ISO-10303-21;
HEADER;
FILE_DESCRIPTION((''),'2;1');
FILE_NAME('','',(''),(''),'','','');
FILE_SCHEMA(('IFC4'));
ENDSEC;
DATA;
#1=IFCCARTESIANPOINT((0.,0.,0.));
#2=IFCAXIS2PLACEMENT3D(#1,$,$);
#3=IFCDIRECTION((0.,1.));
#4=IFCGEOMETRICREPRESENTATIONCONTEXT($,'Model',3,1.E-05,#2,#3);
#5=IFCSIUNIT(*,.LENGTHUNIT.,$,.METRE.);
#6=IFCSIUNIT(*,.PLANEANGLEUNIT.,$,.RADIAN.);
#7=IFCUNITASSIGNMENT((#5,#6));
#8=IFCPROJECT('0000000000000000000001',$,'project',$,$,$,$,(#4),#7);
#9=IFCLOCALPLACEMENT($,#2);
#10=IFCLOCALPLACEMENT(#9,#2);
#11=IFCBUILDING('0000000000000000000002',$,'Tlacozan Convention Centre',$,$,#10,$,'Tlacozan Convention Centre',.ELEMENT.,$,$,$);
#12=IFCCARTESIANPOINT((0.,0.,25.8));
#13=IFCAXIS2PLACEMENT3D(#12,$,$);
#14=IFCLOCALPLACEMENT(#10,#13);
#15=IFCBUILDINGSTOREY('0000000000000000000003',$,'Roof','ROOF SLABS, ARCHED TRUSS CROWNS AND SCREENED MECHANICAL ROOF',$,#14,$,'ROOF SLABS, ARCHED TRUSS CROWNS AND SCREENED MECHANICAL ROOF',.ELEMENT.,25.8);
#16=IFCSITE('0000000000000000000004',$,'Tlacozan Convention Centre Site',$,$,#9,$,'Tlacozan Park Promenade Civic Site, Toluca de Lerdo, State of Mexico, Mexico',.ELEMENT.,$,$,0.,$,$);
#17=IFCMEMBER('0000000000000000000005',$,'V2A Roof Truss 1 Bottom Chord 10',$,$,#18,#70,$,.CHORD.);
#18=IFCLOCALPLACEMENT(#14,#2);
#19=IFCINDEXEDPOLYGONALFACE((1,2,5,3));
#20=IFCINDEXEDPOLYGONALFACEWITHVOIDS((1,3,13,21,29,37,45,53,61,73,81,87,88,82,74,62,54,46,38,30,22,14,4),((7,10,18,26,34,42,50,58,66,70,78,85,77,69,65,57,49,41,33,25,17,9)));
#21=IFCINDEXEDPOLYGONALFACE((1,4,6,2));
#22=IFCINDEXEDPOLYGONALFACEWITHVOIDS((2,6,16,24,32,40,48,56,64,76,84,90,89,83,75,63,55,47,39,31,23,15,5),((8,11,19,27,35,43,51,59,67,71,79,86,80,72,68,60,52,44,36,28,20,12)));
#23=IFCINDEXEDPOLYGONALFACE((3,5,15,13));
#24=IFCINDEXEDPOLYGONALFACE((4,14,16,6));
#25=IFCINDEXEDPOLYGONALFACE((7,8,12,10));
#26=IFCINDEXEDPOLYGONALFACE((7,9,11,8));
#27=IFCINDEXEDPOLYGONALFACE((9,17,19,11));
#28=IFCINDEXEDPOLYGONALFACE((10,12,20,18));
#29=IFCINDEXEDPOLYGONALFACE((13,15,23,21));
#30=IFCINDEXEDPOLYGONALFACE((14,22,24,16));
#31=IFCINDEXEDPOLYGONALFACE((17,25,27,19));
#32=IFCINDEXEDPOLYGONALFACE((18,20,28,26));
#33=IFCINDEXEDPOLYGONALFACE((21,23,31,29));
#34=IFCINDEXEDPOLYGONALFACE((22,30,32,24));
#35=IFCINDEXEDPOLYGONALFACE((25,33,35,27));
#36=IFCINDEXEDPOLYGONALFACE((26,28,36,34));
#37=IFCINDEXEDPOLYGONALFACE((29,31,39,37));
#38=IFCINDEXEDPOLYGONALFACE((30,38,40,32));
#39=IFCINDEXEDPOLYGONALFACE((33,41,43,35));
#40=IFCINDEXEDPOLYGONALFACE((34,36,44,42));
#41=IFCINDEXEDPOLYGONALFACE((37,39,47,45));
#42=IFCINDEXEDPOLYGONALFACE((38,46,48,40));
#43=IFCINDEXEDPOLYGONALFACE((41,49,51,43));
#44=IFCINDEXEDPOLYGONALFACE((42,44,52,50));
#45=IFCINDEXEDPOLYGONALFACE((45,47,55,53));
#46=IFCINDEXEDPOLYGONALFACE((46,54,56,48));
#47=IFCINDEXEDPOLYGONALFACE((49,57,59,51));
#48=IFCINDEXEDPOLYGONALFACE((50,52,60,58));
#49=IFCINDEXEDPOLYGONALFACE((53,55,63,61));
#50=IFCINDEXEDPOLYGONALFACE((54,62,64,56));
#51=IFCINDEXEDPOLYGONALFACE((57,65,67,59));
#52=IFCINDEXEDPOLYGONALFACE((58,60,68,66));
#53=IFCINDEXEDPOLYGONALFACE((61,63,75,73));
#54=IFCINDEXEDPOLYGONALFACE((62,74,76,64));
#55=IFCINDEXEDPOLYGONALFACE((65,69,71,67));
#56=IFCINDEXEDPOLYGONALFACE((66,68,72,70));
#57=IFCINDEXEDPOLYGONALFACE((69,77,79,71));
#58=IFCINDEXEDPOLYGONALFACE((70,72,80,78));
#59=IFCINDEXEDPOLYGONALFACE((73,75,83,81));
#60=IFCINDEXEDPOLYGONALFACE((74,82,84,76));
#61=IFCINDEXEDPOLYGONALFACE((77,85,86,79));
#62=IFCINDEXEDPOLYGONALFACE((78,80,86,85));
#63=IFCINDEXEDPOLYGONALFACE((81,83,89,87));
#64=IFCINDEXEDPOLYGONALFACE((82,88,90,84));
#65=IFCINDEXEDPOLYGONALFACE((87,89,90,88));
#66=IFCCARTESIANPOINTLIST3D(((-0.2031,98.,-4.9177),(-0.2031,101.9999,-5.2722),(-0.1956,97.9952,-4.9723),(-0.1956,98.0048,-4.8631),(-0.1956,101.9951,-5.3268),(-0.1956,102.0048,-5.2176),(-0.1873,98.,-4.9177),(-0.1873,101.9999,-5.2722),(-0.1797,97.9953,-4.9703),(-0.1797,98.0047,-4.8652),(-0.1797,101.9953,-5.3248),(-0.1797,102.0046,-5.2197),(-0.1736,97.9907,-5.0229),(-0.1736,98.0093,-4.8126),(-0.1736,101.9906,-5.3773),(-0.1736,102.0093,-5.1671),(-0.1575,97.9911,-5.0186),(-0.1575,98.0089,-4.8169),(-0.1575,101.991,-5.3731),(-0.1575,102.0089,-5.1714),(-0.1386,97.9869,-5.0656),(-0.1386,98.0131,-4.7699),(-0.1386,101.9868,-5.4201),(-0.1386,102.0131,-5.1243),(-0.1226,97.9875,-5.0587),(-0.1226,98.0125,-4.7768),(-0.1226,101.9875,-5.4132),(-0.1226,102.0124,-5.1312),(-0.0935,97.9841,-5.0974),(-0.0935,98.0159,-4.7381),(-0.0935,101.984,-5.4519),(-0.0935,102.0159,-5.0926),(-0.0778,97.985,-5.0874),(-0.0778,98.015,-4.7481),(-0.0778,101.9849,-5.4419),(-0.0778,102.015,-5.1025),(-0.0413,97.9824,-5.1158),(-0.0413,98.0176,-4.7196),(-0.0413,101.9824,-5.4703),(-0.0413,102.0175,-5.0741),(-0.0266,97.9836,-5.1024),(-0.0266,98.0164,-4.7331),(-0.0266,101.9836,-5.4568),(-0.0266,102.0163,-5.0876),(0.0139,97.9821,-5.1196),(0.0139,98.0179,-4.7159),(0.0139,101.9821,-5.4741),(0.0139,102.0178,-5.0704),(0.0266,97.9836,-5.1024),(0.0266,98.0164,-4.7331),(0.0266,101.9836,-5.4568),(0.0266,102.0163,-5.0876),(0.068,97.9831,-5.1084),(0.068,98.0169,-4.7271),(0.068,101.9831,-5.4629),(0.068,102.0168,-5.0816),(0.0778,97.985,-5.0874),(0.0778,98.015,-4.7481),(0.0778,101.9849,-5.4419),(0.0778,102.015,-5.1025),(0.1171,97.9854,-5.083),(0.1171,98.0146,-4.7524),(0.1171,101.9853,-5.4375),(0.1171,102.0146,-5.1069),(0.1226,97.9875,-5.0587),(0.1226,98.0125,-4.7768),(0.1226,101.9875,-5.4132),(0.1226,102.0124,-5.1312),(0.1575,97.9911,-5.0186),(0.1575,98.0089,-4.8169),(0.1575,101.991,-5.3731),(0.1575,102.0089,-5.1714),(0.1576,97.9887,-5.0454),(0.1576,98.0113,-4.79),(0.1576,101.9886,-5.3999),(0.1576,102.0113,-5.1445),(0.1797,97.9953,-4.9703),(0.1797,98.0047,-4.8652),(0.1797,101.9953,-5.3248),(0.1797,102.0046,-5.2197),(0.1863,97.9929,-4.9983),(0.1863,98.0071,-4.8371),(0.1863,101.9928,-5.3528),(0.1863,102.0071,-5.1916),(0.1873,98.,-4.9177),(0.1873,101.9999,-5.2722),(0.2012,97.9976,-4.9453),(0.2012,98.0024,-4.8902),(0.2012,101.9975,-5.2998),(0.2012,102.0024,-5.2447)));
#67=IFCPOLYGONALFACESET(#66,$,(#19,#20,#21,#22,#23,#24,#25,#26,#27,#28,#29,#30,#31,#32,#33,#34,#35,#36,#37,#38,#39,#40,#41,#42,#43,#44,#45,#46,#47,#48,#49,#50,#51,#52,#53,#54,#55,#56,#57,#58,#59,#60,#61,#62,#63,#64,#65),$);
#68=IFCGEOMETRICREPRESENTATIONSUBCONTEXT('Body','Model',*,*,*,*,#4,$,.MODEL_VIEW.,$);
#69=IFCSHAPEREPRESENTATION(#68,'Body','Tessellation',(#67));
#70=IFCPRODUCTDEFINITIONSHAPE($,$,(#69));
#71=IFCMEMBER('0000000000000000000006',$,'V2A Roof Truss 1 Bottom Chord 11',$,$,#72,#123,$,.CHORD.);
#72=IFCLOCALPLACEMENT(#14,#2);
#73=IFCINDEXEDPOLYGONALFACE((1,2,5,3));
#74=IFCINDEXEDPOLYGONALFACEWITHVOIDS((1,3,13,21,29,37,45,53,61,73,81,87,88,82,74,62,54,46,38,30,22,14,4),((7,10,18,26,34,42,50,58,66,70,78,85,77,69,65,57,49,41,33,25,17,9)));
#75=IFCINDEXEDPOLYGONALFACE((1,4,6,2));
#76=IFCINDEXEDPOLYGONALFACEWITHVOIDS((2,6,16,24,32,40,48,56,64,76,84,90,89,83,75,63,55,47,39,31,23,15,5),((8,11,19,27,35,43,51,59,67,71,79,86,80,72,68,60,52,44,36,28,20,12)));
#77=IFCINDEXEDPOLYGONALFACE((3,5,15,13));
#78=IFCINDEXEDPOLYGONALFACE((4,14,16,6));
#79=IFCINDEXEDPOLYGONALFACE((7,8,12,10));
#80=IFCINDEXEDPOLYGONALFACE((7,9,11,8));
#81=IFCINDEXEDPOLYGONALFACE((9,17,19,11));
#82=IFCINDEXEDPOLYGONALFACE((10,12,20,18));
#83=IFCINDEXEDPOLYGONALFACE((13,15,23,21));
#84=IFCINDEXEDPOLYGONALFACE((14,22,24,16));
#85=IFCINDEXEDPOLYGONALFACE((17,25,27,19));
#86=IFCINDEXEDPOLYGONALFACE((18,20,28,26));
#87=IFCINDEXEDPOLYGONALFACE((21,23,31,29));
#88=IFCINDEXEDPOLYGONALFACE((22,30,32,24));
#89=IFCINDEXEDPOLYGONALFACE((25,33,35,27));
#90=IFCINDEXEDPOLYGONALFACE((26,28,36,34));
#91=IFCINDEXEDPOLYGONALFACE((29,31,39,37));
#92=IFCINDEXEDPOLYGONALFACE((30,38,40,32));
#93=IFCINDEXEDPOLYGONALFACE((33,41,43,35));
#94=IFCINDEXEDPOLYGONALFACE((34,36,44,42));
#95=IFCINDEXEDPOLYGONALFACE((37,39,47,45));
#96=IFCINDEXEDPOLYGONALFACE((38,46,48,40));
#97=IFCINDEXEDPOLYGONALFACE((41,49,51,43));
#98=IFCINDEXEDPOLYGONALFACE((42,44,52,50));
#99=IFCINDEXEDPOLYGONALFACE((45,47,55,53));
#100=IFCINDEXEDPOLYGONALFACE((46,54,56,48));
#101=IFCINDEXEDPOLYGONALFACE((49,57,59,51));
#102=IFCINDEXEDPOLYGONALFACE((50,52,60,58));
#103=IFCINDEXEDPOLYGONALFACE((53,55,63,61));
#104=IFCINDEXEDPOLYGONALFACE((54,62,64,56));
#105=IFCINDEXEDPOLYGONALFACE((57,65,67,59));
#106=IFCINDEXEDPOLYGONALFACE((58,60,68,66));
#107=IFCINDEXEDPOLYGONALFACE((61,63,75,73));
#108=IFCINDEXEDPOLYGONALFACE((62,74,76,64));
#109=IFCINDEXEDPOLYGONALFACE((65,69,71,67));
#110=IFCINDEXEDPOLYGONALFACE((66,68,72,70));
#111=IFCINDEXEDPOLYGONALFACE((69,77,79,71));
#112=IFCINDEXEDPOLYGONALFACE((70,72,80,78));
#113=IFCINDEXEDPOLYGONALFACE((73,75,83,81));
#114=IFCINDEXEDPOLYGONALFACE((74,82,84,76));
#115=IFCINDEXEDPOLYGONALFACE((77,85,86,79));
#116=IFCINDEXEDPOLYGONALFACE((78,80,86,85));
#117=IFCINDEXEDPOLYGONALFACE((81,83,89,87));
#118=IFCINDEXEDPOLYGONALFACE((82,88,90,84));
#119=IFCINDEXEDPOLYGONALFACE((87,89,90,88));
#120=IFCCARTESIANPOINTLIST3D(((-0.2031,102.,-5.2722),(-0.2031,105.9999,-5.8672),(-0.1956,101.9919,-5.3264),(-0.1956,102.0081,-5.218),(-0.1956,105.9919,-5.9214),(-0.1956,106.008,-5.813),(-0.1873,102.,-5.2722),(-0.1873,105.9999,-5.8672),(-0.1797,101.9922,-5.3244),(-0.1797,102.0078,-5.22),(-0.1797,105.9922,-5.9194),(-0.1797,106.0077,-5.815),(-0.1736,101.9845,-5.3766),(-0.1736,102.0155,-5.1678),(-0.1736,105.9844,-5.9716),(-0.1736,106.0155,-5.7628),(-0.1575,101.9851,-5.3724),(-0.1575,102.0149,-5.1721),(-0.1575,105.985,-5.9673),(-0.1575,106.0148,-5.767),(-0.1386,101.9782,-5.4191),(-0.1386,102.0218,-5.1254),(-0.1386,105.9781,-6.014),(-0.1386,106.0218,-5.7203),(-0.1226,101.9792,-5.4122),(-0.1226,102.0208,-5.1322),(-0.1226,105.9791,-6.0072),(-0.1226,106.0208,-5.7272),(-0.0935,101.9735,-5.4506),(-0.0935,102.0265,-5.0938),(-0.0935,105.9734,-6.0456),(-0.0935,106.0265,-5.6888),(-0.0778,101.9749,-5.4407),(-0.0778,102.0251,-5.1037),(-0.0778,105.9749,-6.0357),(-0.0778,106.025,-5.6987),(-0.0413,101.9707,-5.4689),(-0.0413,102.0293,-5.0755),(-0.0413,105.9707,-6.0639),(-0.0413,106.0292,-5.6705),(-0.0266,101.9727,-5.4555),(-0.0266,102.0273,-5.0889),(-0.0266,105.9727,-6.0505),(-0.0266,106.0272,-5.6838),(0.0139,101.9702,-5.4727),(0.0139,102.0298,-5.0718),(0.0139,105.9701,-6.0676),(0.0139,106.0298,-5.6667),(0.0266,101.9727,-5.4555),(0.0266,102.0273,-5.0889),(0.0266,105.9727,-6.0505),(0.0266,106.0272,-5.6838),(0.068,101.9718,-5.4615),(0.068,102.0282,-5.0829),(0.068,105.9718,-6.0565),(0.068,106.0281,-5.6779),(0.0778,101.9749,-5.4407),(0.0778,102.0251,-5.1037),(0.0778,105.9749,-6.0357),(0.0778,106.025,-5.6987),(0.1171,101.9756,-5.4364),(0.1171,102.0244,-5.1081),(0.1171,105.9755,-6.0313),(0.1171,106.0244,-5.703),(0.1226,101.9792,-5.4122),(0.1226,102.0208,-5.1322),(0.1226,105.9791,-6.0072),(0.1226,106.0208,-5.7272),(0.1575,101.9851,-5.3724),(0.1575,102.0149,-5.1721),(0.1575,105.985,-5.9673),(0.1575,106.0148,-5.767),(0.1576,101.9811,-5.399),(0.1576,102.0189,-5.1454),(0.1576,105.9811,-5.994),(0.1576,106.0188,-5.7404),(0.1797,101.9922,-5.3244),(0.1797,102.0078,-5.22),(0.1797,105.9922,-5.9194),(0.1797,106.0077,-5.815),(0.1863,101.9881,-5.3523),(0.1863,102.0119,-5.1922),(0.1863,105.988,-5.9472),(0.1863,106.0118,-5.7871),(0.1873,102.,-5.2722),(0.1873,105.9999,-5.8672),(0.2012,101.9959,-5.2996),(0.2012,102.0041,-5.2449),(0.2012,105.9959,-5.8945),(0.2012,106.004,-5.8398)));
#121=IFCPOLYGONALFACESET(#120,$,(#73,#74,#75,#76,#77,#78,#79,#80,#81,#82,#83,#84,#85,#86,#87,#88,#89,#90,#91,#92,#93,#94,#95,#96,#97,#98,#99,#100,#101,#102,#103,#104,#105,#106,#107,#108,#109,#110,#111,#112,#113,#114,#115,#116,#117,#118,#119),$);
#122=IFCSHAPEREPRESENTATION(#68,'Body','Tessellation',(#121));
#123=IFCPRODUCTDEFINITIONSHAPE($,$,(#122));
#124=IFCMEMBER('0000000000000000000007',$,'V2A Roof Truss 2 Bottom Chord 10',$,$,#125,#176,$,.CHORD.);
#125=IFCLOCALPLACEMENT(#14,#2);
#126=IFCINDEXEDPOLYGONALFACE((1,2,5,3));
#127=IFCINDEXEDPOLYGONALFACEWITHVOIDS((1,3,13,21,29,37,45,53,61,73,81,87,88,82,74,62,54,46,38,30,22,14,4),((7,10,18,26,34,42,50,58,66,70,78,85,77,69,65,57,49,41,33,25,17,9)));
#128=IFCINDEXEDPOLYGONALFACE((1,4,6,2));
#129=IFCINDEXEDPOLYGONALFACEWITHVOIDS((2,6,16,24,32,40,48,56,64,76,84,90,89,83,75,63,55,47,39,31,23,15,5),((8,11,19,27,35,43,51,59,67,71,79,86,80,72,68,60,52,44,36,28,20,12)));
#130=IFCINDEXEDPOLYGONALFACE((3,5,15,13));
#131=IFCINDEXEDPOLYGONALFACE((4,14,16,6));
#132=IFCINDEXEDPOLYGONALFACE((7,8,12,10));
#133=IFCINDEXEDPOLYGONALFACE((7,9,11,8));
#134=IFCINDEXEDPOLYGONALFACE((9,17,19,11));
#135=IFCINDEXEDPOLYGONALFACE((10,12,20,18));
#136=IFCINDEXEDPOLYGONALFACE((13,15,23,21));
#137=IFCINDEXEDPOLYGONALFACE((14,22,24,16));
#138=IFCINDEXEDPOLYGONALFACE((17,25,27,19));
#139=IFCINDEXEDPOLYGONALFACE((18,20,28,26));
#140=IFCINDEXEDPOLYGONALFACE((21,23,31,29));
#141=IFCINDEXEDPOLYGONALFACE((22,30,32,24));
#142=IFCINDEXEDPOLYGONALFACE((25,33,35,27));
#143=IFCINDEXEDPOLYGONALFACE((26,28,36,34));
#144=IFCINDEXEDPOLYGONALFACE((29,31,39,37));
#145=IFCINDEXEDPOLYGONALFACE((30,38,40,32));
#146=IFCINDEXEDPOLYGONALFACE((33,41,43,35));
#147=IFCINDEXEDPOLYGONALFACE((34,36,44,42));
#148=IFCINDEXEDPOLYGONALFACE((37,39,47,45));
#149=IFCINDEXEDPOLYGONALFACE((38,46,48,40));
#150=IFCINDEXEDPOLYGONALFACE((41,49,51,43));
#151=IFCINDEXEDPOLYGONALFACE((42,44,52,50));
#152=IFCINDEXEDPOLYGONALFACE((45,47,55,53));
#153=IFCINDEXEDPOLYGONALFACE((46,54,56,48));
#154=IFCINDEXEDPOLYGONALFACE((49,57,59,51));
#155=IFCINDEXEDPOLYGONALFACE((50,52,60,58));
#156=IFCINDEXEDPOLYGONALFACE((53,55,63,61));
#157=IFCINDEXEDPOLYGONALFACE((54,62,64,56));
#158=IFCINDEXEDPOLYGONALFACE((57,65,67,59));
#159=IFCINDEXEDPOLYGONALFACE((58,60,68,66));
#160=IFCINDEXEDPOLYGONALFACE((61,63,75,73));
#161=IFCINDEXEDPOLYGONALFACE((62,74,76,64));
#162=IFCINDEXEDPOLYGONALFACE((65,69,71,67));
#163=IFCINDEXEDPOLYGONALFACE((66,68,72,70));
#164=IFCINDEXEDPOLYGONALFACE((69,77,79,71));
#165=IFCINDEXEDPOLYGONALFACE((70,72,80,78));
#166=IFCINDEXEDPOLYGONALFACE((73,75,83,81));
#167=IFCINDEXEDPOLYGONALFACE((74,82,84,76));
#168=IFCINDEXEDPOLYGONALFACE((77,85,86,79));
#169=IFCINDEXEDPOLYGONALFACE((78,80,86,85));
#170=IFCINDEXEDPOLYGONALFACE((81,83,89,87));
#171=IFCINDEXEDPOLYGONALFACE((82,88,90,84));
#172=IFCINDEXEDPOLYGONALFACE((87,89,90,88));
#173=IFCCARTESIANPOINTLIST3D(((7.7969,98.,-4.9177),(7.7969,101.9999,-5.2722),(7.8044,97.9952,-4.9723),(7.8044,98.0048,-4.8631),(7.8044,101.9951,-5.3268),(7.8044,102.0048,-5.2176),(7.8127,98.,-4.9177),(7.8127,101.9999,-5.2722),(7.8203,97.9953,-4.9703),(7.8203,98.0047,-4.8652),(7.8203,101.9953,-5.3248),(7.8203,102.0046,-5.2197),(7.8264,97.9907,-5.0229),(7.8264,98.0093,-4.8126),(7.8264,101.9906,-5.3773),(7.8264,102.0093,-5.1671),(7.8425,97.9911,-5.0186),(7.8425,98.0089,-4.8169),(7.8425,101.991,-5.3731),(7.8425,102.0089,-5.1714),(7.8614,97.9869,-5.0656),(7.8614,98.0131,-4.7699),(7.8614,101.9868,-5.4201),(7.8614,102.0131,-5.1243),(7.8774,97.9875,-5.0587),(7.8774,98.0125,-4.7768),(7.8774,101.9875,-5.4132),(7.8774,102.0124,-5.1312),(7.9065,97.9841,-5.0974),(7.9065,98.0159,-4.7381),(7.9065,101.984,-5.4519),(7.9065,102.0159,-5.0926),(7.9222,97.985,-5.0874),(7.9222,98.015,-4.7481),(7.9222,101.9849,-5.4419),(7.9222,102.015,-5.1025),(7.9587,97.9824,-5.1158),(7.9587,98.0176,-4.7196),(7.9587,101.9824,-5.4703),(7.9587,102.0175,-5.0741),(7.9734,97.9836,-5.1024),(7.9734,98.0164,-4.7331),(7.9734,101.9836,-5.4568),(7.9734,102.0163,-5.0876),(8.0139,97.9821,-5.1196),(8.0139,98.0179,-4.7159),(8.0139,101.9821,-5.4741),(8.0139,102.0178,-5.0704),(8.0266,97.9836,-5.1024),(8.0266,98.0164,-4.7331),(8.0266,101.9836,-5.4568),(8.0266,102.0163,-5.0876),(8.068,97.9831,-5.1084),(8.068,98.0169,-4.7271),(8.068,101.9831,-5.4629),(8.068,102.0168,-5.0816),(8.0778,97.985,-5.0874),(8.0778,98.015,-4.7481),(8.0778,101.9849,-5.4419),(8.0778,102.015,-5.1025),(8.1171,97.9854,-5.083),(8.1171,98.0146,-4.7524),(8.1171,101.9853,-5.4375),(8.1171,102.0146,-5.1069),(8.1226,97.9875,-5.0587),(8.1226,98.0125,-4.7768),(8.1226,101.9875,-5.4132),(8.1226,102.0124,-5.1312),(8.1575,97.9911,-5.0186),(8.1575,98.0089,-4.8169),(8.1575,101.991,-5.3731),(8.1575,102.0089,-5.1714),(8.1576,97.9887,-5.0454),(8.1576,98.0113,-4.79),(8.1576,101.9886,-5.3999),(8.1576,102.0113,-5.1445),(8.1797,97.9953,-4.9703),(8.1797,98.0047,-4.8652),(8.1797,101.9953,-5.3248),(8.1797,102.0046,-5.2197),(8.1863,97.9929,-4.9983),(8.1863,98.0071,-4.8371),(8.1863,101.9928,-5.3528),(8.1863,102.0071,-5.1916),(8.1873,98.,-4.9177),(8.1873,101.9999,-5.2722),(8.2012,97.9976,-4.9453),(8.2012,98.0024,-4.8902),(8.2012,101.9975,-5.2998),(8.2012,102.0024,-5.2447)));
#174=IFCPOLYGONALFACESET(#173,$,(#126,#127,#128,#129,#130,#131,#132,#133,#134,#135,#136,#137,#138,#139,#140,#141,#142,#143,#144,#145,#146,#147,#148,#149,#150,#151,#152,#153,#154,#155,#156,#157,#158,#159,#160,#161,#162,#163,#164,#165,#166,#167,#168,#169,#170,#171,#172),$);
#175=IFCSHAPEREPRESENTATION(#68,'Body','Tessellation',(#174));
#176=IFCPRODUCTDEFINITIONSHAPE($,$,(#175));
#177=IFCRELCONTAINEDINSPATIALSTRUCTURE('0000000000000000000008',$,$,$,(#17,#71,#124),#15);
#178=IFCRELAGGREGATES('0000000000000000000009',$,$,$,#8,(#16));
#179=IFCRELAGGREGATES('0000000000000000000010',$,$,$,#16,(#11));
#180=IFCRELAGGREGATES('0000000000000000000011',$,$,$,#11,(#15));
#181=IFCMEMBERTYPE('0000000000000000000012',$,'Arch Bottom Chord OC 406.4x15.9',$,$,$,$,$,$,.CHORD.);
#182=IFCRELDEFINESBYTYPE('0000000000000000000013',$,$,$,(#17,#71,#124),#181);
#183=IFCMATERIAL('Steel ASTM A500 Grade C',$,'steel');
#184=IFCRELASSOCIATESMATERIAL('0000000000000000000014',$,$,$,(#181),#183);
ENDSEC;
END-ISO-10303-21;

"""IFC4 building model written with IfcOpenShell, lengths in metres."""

from ifc_helpers import new_model, si_unit, direction, frame, origin, origin_2d, place, context, subcontext, project, spatial, hollow_circle, extrude, material, material_profile, profile_set, type_object, element, save


model = new_model("IFC4")

# Units and contexts
model_context = context("Model", 3, precision=1e-05, world=origin(), true_north=direction((0.0, 1.0)))
body_context = subcontext(model_context, "Body", "Model", "MODEL_VIEW")
ifc_project = project(units=[si_unit("LENGTHUNIT", "METRE"), si_unit("PLANEANGLEUNIT", "RADIAN")], contexts=[model_context])

# Site, building, storey
site_placement = place(None, origin())
site = spatial("IfcSite", under=ifc_project, at=site_placement, Name="Tlacozan Convention Centre Site", LongName="Tlacozan Park Promenade Civic Site, Toluca de Lerdo, State of Mexico, Mexico", CompositionType="ELEMENT", RefElevation=0.0)
building_placement = place(site_placement, origin())
building = spatial("IfcBuilding", under=site, at=building_placement, Name="Tlacozan Convention Centre", LongName="Tlacozan Convention Centre", CompositionType="ELEMENT")
storey_placement = place(building_placement, frame((0.0, 0.0, 25.8)))
storey = spatial("IfcBuildingStorey", under=building, at=storey_placement, Name="Roof", Description="ROOF SLABS, ARCHED TRUSS CROWNS AND SCREENED MECHANICAL ROOF", LongName="ROOF SLABS, ARCHED TRUSS CROWNS AND SCREENED MECHANICAL ROOF", CompositionType="ELEMENT", Elevation=25.8)

# Members
ifc_material_1 = material(Name="Steel ASTM A500 Grade C", Category="steel")
ifc_material_profile_1 = material_profile(ifc_material_1, hollow_circle(Radius=0.2031, WallThickness=0.0159, at=origin_2d()), Name="OC 406.4x15.9")
ifc_profile_set_1 = profile_set([ifc_material_profile_1], Name="Steel ASTM A500 Grade C")
member_type_1 = type_object("IfcMemberType", Name="Arch Bottom Chord OC 406.4x15.9", PredefinedType="CHORD", material=ifc_profile_set_1)
member_1_placement = place(storey_placement, frame((0.0, 98.0, -4.9177), z_axis=(0.0, 0.996096, -0.088277), x_axis=(-1.0, 0.0, 0.0)))
element("IfcMember", 1, at=member_1_placement, inside=storey, type_object=member_type_1, Name="V2A Roof Truss 1 Bottom Chord 10", PredefinedType="CHORD", context=body_context, shape_type="SweptSolid", body=[
    extrude(hollow_circle(Radius=0.2031, WallThickness=0.0159, at=origin_2d()), origin(), (0.0, 0.0, 1.0), 4.0156),
])
member_2_placement = place(storey_placement, frame((0.0, 102.0, -5.2722), z_axis=(0.0, 0.989118, -0.147124), x_axis=(-1.0, 0.0, 0.0)))
element("IfcMember", 2, at=member_2_placement, inside=storey, type_object=member_type_1, Name="V2A Roof Truss 1 Bottom Chord 11", PredefinedType="CHORD", context=body_context, shape_type="SweptSolid", body=[
    extrude(hollow_circle(Radius=0.2031, WallThickness=0.0159, at=origin_2d()), origin(), (0.0, 0.0, 1.0), 4.0439),
])
member_3_placement = place(storey_placement, frame((8.0, 98.0, -4.9177), z_axis=(0.0, 0.996096, -0.088277), x_axis=(-1.0, 0.0, 0.0)))
element("IfcMember", 3, at=member_3_placement, inside=storey, type_object=member_type_1, Name="V2A Roof Truss 2 Bottom Chord 10", PredefinedType="CHORD", context=body_context, shape_type="SweptSolid", body=[
    extrude(hollow_circle(Radius=0.2031, WallThickness=0.0159, at=origin_2d()), origin(), (0.0, 0.0, 1.0), 4.0156),
])

save(model, "model.ifc")
